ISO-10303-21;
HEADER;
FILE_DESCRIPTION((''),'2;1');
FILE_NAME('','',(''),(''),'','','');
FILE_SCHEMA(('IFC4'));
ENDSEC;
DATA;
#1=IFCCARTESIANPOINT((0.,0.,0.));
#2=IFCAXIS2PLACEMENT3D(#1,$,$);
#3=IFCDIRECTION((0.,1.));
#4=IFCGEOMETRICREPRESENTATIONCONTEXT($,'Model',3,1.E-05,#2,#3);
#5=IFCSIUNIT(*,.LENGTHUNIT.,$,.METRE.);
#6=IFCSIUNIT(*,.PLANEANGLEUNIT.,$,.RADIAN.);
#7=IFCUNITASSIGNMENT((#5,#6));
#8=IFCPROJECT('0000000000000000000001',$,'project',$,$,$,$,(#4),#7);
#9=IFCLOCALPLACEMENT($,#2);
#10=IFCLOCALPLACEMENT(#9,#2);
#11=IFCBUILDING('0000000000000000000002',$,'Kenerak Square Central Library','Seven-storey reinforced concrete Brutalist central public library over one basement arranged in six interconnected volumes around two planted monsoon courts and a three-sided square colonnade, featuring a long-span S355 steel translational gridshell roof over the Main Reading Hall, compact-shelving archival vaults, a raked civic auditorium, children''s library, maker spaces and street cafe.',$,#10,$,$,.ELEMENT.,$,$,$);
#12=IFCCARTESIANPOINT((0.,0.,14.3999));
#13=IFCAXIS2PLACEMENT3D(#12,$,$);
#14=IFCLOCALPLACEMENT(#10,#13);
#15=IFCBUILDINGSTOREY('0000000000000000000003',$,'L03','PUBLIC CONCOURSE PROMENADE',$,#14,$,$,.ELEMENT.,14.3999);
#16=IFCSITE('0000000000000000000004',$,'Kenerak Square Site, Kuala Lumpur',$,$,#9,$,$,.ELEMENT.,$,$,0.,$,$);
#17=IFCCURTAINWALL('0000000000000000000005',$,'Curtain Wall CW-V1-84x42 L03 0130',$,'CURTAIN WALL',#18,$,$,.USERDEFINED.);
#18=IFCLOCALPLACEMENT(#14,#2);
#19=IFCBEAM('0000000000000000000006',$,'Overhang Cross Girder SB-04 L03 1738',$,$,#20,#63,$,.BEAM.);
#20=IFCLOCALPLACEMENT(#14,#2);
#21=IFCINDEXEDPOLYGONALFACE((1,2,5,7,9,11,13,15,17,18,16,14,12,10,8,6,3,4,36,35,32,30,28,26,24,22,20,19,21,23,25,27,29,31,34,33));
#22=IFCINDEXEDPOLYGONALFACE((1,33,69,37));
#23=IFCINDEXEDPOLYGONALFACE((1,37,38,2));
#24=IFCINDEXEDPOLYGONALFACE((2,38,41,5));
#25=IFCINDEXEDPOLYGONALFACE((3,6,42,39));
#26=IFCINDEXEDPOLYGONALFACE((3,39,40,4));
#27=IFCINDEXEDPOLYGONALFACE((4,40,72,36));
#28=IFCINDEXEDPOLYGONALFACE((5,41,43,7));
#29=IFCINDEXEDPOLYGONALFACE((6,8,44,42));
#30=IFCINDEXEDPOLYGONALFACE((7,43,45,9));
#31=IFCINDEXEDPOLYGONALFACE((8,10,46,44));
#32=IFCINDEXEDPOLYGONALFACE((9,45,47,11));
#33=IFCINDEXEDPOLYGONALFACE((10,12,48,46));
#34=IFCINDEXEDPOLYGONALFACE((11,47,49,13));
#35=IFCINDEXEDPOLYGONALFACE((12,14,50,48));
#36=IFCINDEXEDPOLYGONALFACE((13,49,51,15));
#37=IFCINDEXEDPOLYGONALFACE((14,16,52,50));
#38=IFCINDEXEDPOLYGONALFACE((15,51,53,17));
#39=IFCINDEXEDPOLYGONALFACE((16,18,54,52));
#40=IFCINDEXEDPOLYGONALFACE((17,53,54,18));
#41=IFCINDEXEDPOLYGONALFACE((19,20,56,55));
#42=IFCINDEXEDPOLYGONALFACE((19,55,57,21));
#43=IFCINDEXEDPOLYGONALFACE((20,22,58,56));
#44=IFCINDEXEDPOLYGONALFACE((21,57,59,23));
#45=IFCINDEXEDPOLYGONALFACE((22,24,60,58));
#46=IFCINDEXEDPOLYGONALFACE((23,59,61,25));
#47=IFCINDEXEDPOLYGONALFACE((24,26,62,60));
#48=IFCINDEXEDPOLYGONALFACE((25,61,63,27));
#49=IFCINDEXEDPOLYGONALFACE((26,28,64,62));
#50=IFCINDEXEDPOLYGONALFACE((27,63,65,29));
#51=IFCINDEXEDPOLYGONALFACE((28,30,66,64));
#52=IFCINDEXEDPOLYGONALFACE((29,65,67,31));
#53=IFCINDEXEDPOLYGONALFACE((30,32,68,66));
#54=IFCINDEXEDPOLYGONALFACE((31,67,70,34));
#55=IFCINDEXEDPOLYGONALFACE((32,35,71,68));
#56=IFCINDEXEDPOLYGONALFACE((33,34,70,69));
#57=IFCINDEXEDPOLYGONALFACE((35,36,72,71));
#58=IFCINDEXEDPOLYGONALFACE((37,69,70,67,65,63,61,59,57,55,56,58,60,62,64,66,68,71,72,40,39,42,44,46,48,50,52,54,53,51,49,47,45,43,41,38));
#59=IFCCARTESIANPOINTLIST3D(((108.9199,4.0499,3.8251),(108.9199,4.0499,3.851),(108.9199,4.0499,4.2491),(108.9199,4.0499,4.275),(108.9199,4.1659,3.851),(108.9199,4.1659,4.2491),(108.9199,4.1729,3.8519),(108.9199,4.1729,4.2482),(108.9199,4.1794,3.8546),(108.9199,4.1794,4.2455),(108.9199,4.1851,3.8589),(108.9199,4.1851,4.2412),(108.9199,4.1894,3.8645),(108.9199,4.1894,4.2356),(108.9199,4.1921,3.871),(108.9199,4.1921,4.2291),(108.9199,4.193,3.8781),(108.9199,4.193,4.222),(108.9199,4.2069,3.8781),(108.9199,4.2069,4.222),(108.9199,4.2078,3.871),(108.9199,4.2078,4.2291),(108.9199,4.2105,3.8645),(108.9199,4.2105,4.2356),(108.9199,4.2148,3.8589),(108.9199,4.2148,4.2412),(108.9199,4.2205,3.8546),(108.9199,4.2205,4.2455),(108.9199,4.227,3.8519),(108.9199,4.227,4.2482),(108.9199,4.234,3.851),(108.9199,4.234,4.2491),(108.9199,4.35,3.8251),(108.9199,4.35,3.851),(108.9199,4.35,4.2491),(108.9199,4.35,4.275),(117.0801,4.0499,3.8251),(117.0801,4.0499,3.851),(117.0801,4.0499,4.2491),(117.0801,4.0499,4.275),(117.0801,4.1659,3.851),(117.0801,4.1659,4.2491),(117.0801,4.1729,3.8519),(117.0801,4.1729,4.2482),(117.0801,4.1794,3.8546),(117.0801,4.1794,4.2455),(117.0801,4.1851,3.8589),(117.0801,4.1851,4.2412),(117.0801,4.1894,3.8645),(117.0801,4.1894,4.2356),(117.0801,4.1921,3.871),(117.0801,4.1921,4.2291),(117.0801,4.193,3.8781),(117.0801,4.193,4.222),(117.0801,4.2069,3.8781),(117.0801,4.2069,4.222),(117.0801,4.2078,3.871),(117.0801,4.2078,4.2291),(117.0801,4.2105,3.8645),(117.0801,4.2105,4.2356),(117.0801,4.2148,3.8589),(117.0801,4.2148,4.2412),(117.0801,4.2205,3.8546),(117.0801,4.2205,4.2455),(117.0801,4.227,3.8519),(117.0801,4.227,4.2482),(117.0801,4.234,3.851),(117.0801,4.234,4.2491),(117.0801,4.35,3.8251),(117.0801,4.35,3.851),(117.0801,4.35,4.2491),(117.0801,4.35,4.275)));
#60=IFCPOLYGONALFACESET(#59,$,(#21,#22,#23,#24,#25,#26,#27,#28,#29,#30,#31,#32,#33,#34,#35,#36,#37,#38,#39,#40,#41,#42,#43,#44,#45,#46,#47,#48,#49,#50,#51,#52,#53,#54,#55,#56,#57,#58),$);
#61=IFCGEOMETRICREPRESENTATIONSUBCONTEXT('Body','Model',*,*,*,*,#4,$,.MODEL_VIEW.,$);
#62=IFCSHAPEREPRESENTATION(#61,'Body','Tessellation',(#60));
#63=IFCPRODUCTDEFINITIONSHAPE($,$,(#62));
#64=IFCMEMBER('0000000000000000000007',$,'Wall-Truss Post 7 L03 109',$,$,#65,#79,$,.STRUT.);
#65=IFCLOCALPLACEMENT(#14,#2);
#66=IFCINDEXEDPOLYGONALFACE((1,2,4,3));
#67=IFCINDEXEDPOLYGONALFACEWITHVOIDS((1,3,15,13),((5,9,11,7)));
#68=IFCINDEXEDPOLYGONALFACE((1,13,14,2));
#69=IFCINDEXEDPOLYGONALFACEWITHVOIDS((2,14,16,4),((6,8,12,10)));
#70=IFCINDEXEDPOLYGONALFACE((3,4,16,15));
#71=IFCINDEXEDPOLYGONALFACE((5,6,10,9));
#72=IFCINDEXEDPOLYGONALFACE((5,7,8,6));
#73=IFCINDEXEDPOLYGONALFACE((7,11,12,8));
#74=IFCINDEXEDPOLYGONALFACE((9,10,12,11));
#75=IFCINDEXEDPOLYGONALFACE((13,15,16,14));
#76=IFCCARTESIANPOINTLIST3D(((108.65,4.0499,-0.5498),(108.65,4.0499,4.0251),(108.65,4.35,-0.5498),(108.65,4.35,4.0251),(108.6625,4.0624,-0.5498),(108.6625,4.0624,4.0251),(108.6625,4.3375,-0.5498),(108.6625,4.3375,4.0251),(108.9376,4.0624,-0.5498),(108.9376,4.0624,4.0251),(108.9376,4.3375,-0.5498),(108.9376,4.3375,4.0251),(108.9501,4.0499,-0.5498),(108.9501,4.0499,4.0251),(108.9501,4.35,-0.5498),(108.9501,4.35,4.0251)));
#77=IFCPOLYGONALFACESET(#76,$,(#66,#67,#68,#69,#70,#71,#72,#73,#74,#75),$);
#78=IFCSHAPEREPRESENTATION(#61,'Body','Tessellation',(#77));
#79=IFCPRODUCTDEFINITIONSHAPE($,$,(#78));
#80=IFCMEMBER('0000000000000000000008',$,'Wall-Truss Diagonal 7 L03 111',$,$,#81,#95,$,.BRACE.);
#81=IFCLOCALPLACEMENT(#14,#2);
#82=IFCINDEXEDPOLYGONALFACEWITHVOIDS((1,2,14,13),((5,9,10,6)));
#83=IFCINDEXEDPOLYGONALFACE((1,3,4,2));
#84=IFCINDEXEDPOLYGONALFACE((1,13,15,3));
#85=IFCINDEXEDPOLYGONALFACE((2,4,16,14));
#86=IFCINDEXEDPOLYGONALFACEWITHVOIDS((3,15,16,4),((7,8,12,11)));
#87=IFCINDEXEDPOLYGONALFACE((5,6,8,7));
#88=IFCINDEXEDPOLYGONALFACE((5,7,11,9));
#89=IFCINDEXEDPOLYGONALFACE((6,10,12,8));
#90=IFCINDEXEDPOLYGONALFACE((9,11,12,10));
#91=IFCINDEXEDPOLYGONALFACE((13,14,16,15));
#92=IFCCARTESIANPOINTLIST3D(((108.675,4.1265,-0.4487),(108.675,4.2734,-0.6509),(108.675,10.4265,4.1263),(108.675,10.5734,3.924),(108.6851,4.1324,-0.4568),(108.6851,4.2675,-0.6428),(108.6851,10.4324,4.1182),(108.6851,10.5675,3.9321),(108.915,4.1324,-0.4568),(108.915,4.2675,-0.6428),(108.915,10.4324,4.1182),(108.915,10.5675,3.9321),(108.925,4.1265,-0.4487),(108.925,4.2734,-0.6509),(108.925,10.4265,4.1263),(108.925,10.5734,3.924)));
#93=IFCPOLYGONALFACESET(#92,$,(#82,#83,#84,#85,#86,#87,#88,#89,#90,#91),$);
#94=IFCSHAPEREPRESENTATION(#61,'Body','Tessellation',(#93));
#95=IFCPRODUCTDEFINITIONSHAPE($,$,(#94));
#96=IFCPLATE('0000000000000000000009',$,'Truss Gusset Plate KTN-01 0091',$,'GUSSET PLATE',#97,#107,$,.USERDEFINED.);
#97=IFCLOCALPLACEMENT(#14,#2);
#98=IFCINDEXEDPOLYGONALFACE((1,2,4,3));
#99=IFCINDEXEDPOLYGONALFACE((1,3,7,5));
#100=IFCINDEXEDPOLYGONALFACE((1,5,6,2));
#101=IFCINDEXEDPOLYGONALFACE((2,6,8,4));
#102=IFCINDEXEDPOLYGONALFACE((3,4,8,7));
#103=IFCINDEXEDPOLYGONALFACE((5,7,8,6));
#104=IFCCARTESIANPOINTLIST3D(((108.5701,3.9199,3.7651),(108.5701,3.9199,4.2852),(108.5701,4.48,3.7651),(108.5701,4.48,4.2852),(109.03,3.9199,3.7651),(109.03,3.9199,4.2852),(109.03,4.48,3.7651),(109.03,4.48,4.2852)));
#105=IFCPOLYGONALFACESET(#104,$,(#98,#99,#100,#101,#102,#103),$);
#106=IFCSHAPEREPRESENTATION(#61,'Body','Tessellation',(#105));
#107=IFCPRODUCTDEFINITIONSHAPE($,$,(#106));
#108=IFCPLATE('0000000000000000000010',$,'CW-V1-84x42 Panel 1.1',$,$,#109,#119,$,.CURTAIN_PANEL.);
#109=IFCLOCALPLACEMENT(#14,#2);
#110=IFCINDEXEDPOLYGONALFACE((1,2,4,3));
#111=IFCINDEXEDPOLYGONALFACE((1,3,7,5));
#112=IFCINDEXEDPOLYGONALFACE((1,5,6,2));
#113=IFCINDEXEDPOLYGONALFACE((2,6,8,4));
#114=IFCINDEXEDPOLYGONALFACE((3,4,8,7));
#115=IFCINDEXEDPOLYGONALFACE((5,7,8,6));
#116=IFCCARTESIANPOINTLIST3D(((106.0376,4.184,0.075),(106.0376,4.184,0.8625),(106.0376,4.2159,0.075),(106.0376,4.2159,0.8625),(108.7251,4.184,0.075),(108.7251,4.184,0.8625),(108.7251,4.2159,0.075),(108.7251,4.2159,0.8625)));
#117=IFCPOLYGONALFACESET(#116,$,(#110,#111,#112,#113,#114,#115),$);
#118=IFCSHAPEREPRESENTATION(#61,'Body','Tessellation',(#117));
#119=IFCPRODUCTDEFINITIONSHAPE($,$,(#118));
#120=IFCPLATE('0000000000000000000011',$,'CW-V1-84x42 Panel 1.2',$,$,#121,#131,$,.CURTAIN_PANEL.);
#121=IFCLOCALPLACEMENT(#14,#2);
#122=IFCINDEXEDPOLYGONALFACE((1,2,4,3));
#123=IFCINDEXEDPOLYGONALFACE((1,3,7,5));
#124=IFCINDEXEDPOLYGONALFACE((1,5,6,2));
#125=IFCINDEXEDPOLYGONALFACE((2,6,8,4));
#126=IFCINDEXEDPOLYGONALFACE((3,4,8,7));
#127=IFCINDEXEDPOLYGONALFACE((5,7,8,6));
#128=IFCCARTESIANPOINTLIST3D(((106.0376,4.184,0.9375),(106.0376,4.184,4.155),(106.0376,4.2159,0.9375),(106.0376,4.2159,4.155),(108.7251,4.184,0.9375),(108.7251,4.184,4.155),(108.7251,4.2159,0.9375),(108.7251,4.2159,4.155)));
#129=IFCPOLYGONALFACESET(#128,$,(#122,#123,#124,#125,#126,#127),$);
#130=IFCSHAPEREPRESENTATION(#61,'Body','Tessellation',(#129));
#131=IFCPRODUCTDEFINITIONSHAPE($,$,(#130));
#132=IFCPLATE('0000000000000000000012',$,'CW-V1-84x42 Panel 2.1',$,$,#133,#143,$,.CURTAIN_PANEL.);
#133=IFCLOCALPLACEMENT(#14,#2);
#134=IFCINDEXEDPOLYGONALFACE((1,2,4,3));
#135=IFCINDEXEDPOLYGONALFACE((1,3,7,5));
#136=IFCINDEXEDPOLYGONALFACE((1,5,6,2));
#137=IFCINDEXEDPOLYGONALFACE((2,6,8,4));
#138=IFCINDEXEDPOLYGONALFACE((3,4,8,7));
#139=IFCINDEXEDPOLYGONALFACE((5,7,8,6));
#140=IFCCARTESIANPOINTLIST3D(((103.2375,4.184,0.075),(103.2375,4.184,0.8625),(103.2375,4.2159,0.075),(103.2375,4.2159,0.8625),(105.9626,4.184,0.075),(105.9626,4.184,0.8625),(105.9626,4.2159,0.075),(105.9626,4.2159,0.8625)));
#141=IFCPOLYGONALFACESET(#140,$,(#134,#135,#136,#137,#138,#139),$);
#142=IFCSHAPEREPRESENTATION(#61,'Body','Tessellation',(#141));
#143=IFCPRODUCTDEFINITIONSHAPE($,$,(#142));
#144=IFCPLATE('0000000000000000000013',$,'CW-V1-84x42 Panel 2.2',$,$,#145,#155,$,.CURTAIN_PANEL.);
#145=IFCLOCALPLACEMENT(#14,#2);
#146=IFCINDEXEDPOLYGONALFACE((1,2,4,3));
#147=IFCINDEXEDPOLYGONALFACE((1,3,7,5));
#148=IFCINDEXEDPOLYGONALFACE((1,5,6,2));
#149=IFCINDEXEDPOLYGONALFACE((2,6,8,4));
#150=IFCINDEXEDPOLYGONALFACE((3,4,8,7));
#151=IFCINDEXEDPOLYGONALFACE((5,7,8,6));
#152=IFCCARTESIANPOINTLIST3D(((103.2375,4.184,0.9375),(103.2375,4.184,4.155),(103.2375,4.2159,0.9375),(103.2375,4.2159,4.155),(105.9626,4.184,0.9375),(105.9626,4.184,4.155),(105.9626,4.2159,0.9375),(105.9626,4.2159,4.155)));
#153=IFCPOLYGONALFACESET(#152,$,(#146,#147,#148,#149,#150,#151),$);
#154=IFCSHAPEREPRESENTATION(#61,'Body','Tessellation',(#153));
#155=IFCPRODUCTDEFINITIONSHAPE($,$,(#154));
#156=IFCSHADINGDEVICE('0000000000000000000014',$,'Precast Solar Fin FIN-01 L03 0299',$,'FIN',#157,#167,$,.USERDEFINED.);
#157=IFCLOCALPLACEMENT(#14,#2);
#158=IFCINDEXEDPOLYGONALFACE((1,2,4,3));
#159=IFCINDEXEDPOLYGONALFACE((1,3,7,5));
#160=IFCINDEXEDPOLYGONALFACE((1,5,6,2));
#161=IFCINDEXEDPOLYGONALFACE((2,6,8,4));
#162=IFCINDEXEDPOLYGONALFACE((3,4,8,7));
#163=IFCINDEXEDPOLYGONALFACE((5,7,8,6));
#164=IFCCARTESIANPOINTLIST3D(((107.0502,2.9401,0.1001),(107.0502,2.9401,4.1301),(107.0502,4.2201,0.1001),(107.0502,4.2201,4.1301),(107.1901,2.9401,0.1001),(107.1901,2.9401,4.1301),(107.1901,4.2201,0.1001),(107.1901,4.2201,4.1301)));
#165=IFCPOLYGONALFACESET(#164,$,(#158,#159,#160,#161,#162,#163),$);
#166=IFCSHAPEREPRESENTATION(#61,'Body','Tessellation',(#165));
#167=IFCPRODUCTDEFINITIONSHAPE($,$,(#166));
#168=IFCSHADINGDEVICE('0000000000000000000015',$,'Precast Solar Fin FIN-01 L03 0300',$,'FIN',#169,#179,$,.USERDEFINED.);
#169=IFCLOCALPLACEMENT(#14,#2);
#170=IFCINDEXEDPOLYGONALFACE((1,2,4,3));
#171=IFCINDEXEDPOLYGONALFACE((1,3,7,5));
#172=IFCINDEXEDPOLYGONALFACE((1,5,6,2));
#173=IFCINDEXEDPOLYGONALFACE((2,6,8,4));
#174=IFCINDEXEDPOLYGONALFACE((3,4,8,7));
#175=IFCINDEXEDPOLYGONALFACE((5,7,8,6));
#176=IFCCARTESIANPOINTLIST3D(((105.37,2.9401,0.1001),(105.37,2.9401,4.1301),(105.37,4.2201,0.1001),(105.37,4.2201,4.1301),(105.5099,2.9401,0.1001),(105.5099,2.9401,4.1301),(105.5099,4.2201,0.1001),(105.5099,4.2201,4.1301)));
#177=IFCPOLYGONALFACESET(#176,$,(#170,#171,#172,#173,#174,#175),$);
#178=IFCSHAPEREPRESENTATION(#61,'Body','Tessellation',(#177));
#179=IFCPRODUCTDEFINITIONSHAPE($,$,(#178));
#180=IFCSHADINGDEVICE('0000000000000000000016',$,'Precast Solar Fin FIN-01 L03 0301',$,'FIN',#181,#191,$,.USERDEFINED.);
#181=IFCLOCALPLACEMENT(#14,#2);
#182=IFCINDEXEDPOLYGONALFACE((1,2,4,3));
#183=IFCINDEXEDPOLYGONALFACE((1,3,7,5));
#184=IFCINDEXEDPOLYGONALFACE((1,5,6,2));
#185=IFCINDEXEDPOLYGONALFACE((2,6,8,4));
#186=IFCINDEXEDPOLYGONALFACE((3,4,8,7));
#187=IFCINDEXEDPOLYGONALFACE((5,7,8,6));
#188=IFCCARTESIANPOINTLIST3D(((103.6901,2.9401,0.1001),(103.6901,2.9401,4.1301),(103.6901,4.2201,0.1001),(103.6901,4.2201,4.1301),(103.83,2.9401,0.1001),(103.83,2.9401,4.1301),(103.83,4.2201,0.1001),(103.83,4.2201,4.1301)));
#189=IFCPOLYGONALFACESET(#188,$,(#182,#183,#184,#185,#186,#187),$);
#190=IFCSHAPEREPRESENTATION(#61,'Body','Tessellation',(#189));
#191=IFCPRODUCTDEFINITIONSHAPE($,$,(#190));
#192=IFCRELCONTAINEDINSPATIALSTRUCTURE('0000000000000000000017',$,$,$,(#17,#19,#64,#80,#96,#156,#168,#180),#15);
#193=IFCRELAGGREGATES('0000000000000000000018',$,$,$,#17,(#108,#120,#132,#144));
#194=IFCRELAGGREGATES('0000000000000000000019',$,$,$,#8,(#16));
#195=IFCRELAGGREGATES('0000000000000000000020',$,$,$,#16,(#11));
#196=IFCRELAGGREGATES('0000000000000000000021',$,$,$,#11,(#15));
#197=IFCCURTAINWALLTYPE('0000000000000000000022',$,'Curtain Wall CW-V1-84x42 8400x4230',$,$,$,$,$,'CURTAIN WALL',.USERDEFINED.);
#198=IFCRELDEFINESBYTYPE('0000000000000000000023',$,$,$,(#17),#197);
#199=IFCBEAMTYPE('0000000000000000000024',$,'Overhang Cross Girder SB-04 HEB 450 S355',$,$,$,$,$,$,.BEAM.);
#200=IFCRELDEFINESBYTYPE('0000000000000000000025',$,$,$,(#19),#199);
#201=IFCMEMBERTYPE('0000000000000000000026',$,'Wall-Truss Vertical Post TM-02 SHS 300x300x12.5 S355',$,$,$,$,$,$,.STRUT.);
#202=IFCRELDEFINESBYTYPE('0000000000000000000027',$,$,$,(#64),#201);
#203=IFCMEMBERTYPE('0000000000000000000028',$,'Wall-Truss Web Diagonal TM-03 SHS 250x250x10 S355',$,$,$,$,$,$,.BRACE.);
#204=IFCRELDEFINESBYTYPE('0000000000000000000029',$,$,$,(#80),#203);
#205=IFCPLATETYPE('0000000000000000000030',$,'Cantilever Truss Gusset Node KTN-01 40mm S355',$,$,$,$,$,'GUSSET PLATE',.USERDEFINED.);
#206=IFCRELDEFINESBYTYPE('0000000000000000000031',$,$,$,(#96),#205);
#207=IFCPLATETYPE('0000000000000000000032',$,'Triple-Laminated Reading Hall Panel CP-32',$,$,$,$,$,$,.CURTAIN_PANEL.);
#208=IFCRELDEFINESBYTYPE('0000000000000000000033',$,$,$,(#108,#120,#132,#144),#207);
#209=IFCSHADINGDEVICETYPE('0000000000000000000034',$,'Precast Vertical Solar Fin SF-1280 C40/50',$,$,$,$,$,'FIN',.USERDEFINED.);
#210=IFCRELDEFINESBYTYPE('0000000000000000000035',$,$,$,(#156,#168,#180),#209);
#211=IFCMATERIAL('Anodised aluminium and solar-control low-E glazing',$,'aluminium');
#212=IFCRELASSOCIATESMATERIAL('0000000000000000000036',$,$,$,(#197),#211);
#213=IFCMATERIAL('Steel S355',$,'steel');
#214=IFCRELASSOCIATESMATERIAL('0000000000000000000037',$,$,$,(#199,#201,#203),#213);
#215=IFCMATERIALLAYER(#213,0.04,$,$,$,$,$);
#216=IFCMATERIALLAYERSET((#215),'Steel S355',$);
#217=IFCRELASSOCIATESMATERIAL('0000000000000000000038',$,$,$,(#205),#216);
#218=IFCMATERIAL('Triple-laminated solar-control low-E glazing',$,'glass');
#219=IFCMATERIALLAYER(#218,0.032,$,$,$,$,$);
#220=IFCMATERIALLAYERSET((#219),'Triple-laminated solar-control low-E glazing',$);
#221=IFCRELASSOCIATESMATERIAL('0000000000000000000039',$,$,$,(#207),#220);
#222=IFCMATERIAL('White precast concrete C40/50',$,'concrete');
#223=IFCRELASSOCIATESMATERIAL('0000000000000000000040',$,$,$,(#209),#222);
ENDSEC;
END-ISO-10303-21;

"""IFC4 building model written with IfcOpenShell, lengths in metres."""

from ifc_helpers import new_model, si_unit, direction, frame, origin, origin_2d, place, context, subcontext, project, spatial, rectangle, hollow_rectangle, i_section, extrude, material, layer, layer_set, material_profile, profile_set, type_object, element, aggregate, save


model = new_model("IFC4")

# Units and contexts
model_context = context("Model", 3, precision=1e-05, world=origin(), true_north=direction((0.0, 1.0)))
body_context = subcontext(model_context, "Body", "Model", "MODEL_VIEW")
ifc_project = project(units=[si_unit("LENGTHUNIT", "METRE"), si_unit("PLANEANGLEUNIT", "RADIAN")], contexts=[model_context])

# Site, building, storey
site_placement = place(None, origin())
site = spatial("IfcSite", under=ifc_project, at=site_placement, Name="Kenerak Square Site, Kuala Lumpur", CompositionType="ELEMENT", RefElevation=0.0)
building_placement = place(site_placement, origin())
building = spatial("IfcBuilding", under=site, at=building_placement, Name="Kenerak Square Central Library", Description="Seven-storey reinforced concrete Brutalist central public library over one basement arranged in six interconnected volumes around two planted monsoon courts and a three-sided square colonnade, featuring a long-span S355 steel translational gridshell roof over the Main Reading Hall, compact-shelving archival vaults, a raked civic auditorium, children's library, maker spaces and street cafe.", CompositionType="ELEMENT")
storey_placement = place(building_placement, frame((0.0, 0.0, 14.3999)))
storey = spatial("IfcBuildingStorey", under=building, at=storey_placement, Name="L03", Description="PUBLIC CONCOURSE PROMENADE", CompositionType="ELEMENT", Elevation=14.3999)

# Shared definitions
ifc_material_1 = material(Name="Steel S355", Category="steel")

# Shared definitions
ifc_material_2 = material(Name="Anodised aluminium and solar-control low-E glazing", Category="aluminium")
curtain_wall_type = type_object("IfcCurtainWallType", Name="Curtain Wall CW-V1-84x42 8400x4230", ElementType="CURTAIN WALL", PredefinedType="USERDEFINED", material=ifc_material_2)

# Curtain wall
curtain_wall_1_placement = place(storey_placement, origin())
curtain_wall_1 = element("IfcCurtainWall", 1, at=curtain_wall_1_placement, inside=storey, type_object=curtain_wall_type, Name="Curtain Wall CW-V1-84x42 L03 0130", ObjectType="CURTAIN WALL", PredefinedType="USERDEFINED")

# Beam
ifc_material_profile_1 = material_profile(ifc_material_1, i_section(OverallWidth=0.3, OverallDepth=0.45, WebThickness=0.0139, FlangeThickness=0.0259, FilletRadius=0.0271, at=origin_2d()), Name="HEB 450")
ifc_profile_set_1 = profile_set([ifc_material_profile_1], Name="Steel S355")
beam_type_1 = type_object("IfcBeamType", Name="Overhang Cross Girder SB-04 HEB 450 S355", PredefinedType="BEAM", material=ifc_profile_set_1)
beam_1_placement = place(storey_placement, frame((108.9199, 4.2, 4.05), z_axis=(1.0, 0.0, 0.0), x_axis=(0.0, 1.0, 0.0)))
element("IfcBeam", 2, at=beam_1_placement, inside=storey, type_object=beam_type_1, Name="Overhang Cross Girder SB-04 L03 1738", PredefinedType="BEAM", context=body_context, shape_type="SweptSolid", body=[
    extrude(i_section(OverallWidth=0.3, OverallDepth=0.45, WebThickness=0.0139, FlangeThickness=0.0259, FilletRadius=0.0271, at=origin_2d()), origin(), (0.0, 0.0, 1.0), 8.1602),
])

# Members
ifc_material_profile_2 = material_profile(ifc_material_1, hollow_rectangle(XDim=0.3, YDim=0.3, WallThickness=0.0125, at=origin_2d()), Name="SHS 300x300x12.5")
ifc_profile_set_2 = profile_set([ifc_material_profile_2], Name="Steel S355")
member_type_1 = type_object("IfcMemberType", Name="Wall-Truss Vertical Post TM-02 SHS 300x300x12.5 S355", PredefinedType="STRUT", material=ifc_profile_set_2)
member_1_placement = place(storey_placement, frame((108.8, 4.2, -0.5498), z_axis=(0.0, 0.0, 1.0), x_axis=(1.0, 0.0, 0.0)))
element("IfcMember", 3, at=member_1_placement, inside=storey, type_object=member_type_1, Name="Wall-Truss Post 7 L03 109", PredefinedType="STRUT", context=body_context, shape_type="SweptSolid", body=[
    extrude(hollow_rectangle(XDim=0.3, YDim=0.3, WallThickness=0.0125, at=origin_2d()), origin(), (0.0, 0.0, 1.0), 4.575),
])
ifc_material_profile_3 = material_profile(ifc_material_1, hollow_rectangle(XDim=0.25, YDim=0.25, WallThickness=0.01, at=origin_2d()), Name="SHS 250x250x10.0")
ifc_profile_set_3 = profile_set([ifc_material_profile_3], Name="Steel S355")
member_type_2 = type_object("IfcMemberType", Name="Wall-Truss Web Diagonal TM-03 SHS 250x250x10 S355", PredefinedType="BRACE", material=ifc_profile_set_3)
member_2_placement = place(storey_placement, frame((108.8, 4.2, -0.5498), z_axis=(0.0, 0.809158, 0.587592), x_axis=(-1.0, 0.0, 0.0)))
element("IfcMember", 4, at=member_2_placement, inside=storey, type_object=member_type_2, Name="Wall-Truss Diagonal 7 L03 111", PredefinedType="BRACE", context=body_context, shape_type="SweptSolid", body=[
    extrude(hollow_rectangle(XDim=0.25, YDim=0.25, WallThickness=0.01, at=origin_2d()), origin(), (0.0, 0.0, 1.0), 7.7859),
])

# Plates
ifc_layer_1 = layer(ifc_material_1, 0.04)
ifc_layer_set_1 = layer_set([ifc_layer_1], Name="Steel S355")
plate_type_1 = type_object("IfcPlateType", Name="Cantilever Truss Gusset Node KTN-01 40mm S355", ElementType="GUSSET PLATE", PredefinedType="USERDEFINED", material=ifc_layer_set_1)
plate_1_placement = place(storey_placement, frame((108.8, 4.2, 3.7651), z_axis=(0.0, 0.0, 1.0), x_axis=(1.0, 0.0, 0.0)))
element("IfcPlate", 5, at=plate_1_placement, inside=storey, type_object=plate_type_1, Name="Truss Gusset Plate KTN-01 0091", ObjectType="GUSSET PLATE", PredefinedType="USERDEFINED", context=body_context, shape_type="SweptSolid", body=[
    extrude(rectangle(XDim=0.46, YDim=0.5601, at=origin_2d()), origin(), (0.0, 0.0, 1.0), 0.52),
])
ifc_material_3 = material(Name="Triple-laminated solar-control low-E glazing", Category="glass")
ifc_layer_2 = layer(ifc_material_3, 0.032)
ifc_layer_set_2 = layer_set([ifc_layer_2], Name="Triple-laminated solar-control low-E glazing")
plate_type_2 = type_object("IfcPlateType", Name="Triple-Laminated Reading Hall Panel CP-32", PredefinedType="CURTAIN_PANEL", material=ifc_layer_set_2)
plate_2_placement = place(storey_placement, frame((107.3813, 4.2, 0.075), z_axis=(0.0, 0.0, 1.0), x_axis=(-1.0, 0.0, 0.0)))
plate_2 = element("IfcPlate", 6, at=plate_2_placement, type_object=plate_type_2, Name="CW-V1-84x42 Panel 1.1", PredefinedType="CURTAIN_PANEL", context=body_context, shape_type="SweptSolid", body=[
    extrude(rectangle(XDim=2.6875, YDim=0.032, at=origin_2d()), origin(), (0.0, 0.0, 1.0), 0.7876),
])
plate_3_placement = place(storey_placement, frame((107.3813, 4.2, 0.9375), z_axis=(0.0, 0.0, 1.0), x_axis=(-1.0, 0.0, 0.0)))
plate_3 = element("IfcPlate", 7, at=plate_3_placement, type_object=plate_type_2, Name="CW-V1-84x42 Panel 1.2", PredefinedType="CURTAIN_PANEL", context=body_context, shape_type="SweptSolid", body=[
    extrude(rectangle(XDim=2.6875, YDim=0.032, at=origin_2d()), origin(), (0.0, 0.0, 1.0), 3.2175),
])
plate_4_placement = place(storey_placement, frame((104.6001, 4.2, 0.075), z_axis=(0.0, 0.0, 1.0), x_axis=(-1.0, 0.0, 0.0)))
plate_4 = element("IfcPlate", 8, at=plate_4_placement, type_object=plate_type_2, Name="CW-V1-84x42 Panel 2.1", PredefinedType="CURTAIN_PANEL", context=body_context, shape_type="SweptSolid", body=[
    extrude(rectangle(XDim=2.7251, YDim=0.032, at=origin_2d()), origin(), (0.0, 0.0, 1.0), 0.7876),
])
plate_5_placement = place(storey_placement, frame((104.6001, 4.2, 0.9375), z_axis=(0.0, 0.0, 1.0), x_axis=(-1.0, 0.0, 0.0)))
plate_5 = element("IfcPlate", 9, at=plate_5_placement, type_object=plate_type_2, Name="CW-V1-84x42 Panel 2.2", PredefinedType="CURTAIN_PANEL", context=body_context, shape_type="SweptSolid", body=[
    extrude(rectangle(XDim=2.7251, YDim=0.032, at=origin_2d()), origin(), (0.0, 0.0, 1.0), 3.2175),
])
aggregate(curtain_wall_1, [plate_2, plate_3, plate_4, plate_5])

# Shading devices
ifc_material_4 = material(Name="White precast concrete C40/50", Category="concrete")
shading_device_type = type_object("IfcShadingDeviceType", Name="Precast Vertical Solar Fin SF-1280 C40/50", ElementType="FIN", PredefinedType="USERDEFINED", material=ifc_material_4)
for number, where, z_axis, x_axis, name in (
    (10, (107.1201, 3.5801, 0.1001), (0.0, 0.0, 1.0), (-1.0, 0.0, 0.0), "Precast Solar Fin FIN-01 L03 0299"),
    (11, (105.4399, 3.5801, 0.1001), (0.0, 0.0, 1.0), (-1.0, 0.0, 0.0), "Precast Solar Fin FIN-01 L03 0300"),
    (12, (103.76, 3.5801, 0.1001), (0.0, 0.0, 1.0), (-1.0, 0.0, 0.0), "Precast Solar Fin FIN-01 L03 0301"),
):
    element("IfcShadingDevice", number, at=place(storey_placement, frame(where, z_axis=z_axis, x_axis=x_axis)), inside=storey, type_object=shading_device_type, Name=name, ObjectType="FIN", PredefinedType="USERDEFINED", context=body_context, shape_type="SweptSolid", body=[
        extrude(rectangle(XDim=0.1399, YDim=1.28, at=origin_2d()), origin(), (0.0, 0.0, 1.0), 4.03),
    ])

save(model, "model.ifc")
